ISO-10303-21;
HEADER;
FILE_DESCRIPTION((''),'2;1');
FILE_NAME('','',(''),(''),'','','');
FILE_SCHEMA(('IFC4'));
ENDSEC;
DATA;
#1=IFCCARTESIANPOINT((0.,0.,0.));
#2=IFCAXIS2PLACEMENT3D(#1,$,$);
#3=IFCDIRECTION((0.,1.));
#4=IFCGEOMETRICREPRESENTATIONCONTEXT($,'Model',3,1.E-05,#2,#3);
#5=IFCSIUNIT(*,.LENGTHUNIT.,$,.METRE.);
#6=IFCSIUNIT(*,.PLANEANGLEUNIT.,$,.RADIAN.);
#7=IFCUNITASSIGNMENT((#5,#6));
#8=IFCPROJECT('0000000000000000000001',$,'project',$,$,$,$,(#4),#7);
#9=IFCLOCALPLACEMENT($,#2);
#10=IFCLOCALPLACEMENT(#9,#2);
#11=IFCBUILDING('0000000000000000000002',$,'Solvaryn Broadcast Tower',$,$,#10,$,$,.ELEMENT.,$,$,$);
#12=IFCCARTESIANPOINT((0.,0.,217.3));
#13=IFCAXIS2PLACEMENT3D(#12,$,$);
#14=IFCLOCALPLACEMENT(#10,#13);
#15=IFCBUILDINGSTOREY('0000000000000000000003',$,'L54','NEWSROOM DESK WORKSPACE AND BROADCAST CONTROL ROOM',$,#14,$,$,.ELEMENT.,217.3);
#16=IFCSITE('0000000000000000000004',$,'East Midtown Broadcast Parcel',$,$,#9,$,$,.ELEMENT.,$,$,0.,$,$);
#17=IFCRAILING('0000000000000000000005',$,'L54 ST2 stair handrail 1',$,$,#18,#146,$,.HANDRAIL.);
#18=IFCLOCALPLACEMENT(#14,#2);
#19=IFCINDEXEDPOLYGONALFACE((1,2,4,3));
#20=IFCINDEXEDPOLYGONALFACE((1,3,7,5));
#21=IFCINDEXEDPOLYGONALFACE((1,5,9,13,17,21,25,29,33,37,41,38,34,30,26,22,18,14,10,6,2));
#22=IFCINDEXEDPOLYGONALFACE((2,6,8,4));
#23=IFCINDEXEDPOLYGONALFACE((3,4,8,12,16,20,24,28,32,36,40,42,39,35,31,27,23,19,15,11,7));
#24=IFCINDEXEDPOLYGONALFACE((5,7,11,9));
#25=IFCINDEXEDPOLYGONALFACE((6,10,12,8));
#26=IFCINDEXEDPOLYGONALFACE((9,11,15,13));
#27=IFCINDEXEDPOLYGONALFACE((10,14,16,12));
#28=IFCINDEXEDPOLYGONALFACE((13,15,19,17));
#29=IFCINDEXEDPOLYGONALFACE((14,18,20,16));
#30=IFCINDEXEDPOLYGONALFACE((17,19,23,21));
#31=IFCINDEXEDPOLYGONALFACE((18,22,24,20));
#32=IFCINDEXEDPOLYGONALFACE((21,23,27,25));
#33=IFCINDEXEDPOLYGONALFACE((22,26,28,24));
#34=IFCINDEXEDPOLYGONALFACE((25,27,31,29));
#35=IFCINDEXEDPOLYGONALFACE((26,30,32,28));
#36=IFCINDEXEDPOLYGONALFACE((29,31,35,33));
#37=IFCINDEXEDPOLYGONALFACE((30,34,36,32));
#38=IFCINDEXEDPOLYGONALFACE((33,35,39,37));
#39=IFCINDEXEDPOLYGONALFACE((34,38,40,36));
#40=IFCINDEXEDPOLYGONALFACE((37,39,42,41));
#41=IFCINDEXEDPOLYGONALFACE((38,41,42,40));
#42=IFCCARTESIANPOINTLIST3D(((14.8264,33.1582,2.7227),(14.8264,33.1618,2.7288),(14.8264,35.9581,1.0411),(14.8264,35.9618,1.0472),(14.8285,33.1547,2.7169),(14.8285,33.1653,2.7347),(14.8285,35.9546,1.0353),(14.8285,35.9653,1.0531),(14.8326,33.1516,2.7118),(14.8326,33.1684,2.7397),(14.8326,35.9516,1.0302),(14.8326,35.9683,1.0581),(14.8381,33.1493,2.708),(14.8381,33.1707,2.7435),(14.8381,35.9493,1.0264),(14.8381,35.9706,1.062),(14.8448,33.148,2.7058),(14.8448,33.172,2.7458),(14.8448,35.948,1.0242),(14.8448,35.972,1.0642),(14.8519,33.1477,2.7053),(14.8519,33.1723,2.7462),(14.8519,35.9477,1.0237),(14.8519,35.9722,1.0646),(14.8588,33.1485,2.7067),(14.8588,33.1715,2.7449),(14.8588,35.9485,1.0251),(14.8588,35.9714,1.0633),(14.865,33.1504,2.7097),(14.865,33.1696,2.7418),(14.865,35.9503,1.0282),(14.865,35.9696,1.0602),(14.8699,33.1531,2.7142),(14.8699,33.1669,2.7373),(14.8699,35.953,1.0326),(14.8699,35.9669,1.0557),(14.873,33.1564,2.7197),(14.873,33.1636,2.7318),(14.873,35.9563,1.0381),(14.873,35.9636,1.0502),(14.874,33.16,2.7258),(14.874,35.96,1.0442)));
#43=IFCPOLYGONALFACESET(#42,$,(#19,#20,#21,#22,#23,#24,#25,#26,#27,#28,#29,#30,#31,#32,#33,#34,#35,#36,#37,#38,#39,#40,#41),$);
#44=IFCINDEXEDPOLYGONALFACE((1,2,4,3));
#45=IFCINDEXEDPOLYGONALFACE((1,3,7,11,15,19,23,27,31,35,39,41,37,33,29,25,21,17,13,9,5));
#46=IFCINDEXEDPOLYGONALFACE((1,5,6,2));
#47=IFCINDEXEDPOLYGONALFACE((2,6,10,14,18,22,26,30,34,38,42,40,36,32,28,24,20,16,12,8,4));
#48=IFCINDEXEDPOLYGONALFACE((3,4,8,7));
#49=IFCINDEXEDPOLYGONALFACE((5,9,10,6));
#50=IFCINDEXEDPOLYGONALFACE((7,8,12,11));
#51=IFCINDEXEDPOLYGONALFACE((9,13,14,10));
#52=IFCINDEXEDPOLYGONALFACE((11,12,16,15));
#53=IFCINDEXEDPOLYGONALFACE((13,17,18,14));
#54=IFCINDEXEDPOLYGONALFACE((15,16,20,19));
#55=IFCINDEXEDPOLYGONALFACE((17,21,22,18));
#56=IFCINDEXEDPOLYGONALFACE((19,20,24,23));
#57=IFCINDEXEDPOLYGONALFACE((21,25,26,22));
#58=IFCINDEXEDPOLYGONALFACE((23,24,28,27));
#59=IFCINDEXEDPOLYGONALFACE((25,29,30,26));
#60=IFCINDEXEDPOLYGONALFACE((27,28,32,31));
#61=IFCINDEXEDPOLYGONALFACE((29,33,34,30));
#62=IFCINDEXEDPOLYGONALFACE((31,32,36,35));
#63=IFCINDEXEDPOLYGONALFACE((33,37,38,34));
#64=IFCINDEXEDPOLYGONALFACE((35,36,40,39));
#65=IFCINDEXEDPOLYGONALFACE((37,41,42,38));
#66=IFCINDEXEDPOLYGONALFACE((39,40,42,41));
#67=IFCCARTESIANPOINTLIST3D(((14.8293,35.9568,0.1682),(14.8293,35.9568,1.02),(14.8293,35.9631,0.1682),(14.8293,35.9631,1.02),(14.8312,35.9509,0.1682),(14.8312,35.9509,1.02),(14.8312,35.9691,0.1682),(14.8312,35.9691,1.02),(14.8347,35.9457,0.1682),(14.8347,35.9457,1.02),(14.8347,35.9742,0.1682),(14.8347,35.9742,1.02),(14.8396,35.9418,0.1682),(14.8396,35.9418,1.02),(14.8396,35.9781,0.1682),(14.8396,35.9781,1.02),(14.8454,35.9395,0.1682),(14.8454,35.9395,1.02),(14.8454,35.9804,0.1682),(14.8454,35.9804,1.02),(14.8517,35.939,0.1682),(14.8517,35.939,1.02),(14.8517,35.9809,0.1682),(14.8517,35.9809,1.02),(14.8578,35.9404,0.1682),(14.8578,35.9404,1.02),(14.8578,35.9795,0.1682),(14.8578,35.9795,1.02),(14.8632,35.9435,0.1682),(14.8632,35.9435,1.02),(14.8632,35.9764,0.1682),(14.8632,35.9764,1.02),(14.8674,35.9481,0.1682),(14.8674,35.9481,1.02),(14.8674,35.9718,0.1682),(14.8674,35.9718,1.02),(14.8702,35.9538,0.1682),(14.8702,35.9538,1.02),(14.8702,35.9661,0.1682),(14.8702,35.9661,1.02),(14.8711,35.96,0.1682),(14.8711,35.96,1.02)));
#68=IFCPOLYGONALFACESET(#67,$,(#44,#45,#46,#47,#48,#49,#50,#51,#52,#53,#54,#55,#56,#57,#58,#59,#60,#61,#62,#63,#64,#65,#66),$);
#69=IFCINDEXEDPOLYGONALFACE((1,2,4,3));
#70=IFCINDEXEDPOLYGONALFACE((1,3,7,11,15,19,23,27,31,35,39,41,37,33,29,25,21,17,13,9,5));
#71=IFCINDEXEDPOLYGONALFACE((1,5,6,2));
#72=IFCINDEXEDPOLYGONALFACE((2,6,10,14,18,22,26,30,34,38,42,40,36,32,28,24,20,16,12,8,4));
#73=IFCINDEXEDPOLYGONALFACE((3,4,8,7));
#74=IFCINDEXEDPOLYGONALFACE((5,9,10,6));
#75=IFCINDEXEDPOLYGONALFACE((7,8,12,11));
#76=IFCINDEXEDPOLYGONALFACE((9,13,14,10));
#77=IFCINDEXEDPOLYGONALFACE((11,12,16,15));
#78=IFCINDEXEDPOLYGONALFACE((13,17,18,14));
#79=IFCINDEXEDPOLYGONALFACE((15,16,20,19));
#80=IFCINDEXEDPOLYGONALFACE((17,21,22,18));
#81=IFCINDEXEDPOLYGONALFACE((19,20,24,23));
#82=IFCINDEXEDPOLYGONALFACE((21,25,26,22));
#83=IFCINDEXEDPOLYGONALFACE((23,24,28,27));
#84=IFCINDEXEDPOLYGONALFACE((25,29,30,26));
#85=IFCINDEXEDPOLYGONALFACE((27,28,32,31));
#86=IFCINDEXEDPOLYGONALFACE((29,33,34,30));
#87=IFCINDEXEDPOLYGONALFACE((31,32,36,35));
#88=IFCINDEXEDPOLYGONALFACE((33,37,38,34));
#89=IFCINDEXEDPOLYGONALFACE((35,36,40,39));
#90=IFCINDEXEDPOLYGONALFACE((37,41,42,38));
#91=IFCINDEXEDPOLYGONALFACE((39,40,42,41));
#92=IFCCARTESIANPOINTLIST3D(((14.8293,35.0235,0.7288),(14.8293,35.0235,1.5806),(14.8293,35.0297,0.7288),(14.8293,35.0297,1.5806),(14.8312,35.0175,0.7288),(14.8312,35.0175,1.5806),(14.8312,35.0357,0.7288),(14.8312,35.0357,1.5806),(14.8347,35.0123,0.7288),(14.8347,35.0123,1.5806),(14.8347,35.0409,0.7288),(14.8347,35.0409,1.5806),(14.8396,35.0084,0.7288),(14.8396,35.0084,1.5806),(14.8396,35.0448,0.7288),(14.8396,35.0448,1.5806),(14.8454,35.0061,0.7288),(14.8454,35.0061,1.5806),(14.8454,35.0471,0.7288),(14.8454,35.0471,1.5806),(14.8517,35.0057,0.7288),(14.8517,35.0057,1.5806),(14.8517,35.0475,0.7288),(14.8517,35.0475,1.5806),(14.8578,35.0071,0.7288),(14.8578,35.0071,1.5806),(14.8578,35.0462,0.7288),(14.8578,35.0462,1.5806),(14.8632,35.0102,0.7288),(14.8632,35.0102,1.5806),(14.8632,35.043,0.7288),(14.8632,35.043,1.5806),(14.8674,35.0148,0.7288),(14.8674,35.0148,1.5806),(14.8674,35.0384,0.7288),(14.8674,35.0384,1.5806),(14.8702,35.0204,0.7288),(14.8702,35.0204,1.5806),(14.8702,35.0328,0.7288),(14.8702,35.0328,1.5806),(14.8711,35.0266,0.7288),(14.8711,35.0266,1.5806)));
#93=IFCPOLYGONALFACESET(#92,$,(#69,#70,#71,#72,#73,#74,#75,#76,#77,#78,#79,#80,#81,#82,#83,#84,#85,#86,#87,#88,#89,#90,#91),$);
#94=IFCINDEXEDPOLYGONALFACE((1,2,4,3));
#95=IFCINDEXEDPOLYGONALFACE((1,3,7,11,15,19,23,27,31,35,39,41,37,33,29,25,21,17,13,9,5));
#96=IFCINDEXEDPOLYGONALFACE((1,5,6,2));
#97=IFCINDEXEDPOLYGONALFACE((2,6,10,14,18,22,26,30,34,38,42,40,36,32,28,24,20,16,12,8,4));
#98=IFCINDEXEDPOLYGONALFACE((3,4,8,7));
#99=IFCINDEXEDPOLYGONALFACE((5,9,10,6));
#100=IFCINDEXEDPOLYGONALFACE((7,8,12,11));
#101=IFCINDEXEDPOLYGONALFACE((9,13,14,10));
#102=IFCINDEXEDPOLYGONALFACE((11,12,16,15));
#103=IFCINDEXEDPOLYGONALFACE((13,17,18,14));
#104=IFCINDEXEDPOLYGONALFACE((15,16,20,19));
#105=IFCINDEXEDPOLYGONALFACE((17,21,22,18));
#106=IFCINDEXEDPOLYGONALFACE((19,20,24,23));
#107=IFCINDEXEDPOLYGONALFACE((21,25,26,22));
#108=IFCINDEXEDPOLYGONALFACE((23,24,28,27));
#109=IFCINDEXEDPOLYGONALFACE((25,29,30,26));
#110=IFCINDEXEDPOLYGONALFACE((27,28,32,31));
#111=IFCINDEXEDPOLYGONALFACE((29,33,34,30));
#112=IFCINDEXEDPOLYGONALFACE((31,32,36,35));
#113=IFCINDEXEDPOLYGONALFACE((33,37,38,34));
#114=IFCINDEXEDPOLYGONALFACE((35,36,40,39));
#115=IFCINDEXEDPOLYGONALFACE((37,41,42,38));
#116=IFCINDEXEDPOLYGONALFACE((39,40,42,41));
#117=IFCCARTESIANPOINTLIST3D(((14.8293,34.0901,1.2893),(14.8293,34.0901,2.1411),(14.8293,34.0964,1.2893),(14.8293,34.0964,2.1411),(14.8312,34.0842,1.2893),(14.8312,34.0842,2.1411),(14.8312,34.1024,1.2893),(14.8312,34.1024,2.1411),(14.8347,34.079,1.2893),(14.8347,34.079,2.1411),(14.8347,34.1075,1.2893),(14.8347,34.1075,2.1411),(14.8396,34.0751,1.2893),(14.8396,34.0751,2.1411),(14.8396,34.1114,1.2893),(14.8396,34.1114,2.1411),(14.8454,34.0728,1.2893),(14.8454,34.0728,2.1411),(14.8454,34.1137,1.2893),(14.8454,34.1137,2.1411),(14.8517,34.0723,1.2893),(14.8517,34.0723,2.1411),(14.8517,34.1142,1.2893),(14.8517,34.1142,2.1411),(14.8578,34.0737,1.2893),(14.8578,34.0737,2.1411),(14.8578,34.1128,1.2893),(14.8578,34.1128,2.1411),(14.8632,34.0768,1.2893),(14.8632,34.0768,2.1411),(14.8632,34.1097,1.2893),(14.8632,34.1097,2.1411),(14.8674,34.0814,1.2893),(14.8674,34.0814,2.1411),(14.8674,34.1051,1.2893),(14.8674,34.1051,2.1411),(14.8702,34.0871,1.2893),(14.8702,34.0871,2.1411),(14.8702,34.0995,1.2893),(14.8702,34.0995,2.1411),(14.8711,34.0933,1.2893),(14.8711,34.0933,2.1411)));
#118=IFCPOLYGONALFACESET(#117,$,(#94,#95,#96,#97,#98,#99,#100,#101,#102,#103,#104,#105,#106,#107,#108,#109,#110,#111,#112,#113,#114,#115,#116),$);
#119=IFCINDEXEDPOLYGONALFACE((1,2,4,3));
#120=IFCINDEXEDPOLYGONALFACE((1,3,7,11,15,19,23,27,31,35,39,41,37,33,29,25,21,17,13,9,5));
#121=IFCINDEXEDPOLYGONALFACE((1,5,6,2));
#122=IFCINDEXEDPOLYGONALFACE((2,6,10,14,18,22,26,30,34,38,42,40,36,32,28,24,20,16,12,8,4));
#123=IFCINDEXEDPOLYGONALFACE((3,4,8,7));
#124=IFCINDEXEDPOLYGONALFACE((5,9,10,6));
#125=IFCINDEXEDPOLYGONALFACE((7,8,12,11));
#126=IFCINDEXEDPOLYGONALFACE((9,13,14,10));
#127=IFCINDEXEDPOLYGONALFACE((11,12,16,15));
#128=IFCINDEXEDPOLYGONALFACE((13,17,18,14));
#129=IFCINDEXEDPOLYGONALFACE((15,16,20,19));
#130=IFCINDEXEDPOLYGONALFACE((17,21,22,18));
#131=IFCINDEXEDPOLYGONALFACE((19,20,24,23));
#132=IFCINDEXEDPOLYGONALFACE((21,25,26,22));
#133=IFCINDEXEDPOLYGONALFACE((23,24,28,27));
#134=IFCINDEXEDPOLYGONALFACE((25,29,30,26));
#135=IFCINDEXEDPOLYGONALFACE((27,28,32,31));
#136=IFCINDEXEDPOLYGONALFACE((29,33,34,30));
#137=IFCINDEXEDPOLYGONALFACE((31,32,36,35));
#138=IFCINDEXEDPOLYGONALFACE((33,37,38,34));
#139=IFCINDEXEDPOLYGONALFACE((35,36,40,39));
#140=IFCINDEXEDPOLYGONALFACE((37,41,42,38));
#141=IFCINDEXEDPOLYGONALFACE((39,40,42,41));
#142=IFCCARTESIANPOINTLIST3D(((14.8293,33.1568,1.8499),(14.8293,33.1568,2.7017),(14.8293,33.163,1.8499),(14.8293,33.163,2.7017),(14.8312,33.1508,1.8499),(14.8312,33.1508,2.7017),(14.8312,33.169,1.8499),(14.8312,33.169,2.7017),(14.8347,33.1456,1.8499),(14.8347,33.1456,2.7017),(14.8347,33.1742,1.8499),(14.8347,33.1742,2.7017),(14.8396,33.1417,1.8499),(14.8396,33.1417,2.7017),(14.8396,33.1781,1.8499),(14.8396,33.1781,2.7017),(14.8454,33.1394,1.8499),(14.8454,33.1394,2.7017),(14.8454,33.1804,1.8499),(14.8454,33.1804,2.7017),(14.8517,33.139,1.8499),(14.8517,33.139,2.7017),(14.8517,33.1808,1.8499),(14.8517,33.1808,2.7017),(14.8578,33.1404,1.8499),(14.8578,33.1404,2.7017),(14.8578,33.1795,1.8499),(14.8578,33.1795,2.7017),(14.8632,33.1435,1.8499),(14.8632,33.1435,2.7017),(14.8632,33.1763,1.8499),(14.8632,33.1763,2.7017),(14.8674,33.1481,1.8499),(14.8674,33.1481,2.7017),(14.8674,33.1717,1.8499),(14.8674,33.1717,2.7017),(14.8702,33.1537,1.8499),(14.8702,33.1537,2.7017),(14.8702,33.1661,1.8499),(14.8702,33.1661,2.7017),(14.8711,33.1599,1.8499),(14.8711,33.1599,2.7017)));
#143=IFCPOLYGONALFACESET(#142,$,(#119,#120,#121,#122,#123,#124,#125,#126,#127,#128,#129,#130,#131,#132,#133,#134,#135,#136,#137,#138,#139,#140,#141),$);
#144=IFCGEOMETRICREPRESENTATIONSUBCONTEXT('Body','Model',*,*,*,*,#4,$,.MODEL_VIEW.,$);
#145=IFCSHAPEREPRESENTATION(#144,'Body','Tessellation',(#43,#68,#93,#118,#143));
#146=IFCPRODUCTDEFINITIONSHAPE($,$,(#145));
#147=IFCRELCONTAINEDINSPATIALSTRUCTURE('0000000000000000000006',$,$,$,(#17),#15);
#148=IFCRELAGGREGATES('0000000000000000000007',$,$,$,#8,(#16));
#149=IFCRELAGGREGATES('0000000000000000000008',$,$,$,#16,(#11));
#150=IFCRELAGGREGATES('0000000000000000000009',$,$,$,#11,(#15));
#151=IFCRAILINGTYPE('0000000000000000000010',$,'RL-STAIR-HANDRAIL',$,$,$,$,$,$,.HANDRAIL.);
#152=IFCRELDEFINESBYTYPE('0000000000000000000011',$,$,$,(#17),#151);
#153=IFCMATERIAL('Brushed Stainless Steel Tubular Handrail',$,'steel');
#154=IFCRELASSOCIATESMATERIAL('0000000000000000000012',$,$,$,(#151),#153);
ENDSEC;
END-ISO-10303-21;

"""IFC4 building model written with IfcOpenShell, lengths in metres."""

from ifc_helpers import new_model, si_unit, direction, frame, origin, origin_2d, place, context, subcontext, project, spatial, circle, extrude, material, type_object, element, save


model = new_model("IFC4")

# Units and contexts
model_context = context("Model", 3, precision=1e-05, world=origin(), true_north=direction((0.0, 1.0)))
body_context = subcontext(model_context, "Body", "Model", "MODEL_VIEW")
ifc_project = project(units=[si_unit("LENGTHUNIT", "METRE"), si_unit("PLANEANGLEUNIT", "RADIAN")], contexts=[model_context])

# Site, building, storey
site_placement = place(None, origin())
site = spatial("IfcSite", under=ifc_project, at=site_placement, Name="East Midtown Broadcast Parcel", CompositionType="ELEMENT", RefElevation=0.0)
building_placement = place(site_placement, origin())
building = spatial("IfcBuilding", under=site, at=building_placement, Name="Solvaryn Broadcast Tower", CompositionType="ELEMENT")
storey_placement = place(building_placement, frame((0.0, 0.0, 217.3)))
storey = spatial("IfcBuildingStorey", under=building, at=storey_placement, Name="L54", Description="NEWSROOM DESK WORKSPACE AND BROADCAST CONTROL ROOM", CompositionType="ELEMENT", Elevation=217.3)

# Railing
ifc_material_1 = material(Name="Brushed Stainless Steel Tubular Handrail", Category="steel")
railing_type_1 = type_object("IfcRailingType", Name="RL-STAIR-HANDRAIL", PredefinedType="HANDRAIL", material=ifc_material_1)
railing_1_placement = place(storey_placement, frame((14.8501, 35.96, 0.1682)))
element("IfcRailing", 1, at=railing_1_placement, inside=storey, type_object=railing_type_1, Name="L54 ST2 stair handrail 1", PredefinedType="HANDRAIL", context=body_context, shape_type="SweptSolid", body=[
    extrude(circle(Radius=0.0239, at=origin_2d()), frame((0.0, 0.0, 0.876), z_axis=(0.0, -0.857275, 0.514858), x_axis=(1.0, 0.0, 0.0)), (0.0, 0.0, 1.0), 3.2661),
    extrude(circle(Radius=0.021, at=origin_2d()), origin(), (0.0, 0.0, 1.0), 0.8518),
    extrude(circle(Radius=0.021, at=origin_2d()), frame((0.0, -0.9333, 0.5605)), (0.0, 0.0, 1.0), 0.8518),
    extrude(circle(Radius=0.021, at=origin_2d()), frame((0.0, -1.8667, 1.1211)), (0.0, 0.0, 1.0), 0.8518),
    extrude(circle(Radius=0.021, at=origin_2d()), frame((0.0, -2.8, 1.6816)), (0.0, 0.0, 1.0), 0.8518),
])

save(model, "model.ifc")
